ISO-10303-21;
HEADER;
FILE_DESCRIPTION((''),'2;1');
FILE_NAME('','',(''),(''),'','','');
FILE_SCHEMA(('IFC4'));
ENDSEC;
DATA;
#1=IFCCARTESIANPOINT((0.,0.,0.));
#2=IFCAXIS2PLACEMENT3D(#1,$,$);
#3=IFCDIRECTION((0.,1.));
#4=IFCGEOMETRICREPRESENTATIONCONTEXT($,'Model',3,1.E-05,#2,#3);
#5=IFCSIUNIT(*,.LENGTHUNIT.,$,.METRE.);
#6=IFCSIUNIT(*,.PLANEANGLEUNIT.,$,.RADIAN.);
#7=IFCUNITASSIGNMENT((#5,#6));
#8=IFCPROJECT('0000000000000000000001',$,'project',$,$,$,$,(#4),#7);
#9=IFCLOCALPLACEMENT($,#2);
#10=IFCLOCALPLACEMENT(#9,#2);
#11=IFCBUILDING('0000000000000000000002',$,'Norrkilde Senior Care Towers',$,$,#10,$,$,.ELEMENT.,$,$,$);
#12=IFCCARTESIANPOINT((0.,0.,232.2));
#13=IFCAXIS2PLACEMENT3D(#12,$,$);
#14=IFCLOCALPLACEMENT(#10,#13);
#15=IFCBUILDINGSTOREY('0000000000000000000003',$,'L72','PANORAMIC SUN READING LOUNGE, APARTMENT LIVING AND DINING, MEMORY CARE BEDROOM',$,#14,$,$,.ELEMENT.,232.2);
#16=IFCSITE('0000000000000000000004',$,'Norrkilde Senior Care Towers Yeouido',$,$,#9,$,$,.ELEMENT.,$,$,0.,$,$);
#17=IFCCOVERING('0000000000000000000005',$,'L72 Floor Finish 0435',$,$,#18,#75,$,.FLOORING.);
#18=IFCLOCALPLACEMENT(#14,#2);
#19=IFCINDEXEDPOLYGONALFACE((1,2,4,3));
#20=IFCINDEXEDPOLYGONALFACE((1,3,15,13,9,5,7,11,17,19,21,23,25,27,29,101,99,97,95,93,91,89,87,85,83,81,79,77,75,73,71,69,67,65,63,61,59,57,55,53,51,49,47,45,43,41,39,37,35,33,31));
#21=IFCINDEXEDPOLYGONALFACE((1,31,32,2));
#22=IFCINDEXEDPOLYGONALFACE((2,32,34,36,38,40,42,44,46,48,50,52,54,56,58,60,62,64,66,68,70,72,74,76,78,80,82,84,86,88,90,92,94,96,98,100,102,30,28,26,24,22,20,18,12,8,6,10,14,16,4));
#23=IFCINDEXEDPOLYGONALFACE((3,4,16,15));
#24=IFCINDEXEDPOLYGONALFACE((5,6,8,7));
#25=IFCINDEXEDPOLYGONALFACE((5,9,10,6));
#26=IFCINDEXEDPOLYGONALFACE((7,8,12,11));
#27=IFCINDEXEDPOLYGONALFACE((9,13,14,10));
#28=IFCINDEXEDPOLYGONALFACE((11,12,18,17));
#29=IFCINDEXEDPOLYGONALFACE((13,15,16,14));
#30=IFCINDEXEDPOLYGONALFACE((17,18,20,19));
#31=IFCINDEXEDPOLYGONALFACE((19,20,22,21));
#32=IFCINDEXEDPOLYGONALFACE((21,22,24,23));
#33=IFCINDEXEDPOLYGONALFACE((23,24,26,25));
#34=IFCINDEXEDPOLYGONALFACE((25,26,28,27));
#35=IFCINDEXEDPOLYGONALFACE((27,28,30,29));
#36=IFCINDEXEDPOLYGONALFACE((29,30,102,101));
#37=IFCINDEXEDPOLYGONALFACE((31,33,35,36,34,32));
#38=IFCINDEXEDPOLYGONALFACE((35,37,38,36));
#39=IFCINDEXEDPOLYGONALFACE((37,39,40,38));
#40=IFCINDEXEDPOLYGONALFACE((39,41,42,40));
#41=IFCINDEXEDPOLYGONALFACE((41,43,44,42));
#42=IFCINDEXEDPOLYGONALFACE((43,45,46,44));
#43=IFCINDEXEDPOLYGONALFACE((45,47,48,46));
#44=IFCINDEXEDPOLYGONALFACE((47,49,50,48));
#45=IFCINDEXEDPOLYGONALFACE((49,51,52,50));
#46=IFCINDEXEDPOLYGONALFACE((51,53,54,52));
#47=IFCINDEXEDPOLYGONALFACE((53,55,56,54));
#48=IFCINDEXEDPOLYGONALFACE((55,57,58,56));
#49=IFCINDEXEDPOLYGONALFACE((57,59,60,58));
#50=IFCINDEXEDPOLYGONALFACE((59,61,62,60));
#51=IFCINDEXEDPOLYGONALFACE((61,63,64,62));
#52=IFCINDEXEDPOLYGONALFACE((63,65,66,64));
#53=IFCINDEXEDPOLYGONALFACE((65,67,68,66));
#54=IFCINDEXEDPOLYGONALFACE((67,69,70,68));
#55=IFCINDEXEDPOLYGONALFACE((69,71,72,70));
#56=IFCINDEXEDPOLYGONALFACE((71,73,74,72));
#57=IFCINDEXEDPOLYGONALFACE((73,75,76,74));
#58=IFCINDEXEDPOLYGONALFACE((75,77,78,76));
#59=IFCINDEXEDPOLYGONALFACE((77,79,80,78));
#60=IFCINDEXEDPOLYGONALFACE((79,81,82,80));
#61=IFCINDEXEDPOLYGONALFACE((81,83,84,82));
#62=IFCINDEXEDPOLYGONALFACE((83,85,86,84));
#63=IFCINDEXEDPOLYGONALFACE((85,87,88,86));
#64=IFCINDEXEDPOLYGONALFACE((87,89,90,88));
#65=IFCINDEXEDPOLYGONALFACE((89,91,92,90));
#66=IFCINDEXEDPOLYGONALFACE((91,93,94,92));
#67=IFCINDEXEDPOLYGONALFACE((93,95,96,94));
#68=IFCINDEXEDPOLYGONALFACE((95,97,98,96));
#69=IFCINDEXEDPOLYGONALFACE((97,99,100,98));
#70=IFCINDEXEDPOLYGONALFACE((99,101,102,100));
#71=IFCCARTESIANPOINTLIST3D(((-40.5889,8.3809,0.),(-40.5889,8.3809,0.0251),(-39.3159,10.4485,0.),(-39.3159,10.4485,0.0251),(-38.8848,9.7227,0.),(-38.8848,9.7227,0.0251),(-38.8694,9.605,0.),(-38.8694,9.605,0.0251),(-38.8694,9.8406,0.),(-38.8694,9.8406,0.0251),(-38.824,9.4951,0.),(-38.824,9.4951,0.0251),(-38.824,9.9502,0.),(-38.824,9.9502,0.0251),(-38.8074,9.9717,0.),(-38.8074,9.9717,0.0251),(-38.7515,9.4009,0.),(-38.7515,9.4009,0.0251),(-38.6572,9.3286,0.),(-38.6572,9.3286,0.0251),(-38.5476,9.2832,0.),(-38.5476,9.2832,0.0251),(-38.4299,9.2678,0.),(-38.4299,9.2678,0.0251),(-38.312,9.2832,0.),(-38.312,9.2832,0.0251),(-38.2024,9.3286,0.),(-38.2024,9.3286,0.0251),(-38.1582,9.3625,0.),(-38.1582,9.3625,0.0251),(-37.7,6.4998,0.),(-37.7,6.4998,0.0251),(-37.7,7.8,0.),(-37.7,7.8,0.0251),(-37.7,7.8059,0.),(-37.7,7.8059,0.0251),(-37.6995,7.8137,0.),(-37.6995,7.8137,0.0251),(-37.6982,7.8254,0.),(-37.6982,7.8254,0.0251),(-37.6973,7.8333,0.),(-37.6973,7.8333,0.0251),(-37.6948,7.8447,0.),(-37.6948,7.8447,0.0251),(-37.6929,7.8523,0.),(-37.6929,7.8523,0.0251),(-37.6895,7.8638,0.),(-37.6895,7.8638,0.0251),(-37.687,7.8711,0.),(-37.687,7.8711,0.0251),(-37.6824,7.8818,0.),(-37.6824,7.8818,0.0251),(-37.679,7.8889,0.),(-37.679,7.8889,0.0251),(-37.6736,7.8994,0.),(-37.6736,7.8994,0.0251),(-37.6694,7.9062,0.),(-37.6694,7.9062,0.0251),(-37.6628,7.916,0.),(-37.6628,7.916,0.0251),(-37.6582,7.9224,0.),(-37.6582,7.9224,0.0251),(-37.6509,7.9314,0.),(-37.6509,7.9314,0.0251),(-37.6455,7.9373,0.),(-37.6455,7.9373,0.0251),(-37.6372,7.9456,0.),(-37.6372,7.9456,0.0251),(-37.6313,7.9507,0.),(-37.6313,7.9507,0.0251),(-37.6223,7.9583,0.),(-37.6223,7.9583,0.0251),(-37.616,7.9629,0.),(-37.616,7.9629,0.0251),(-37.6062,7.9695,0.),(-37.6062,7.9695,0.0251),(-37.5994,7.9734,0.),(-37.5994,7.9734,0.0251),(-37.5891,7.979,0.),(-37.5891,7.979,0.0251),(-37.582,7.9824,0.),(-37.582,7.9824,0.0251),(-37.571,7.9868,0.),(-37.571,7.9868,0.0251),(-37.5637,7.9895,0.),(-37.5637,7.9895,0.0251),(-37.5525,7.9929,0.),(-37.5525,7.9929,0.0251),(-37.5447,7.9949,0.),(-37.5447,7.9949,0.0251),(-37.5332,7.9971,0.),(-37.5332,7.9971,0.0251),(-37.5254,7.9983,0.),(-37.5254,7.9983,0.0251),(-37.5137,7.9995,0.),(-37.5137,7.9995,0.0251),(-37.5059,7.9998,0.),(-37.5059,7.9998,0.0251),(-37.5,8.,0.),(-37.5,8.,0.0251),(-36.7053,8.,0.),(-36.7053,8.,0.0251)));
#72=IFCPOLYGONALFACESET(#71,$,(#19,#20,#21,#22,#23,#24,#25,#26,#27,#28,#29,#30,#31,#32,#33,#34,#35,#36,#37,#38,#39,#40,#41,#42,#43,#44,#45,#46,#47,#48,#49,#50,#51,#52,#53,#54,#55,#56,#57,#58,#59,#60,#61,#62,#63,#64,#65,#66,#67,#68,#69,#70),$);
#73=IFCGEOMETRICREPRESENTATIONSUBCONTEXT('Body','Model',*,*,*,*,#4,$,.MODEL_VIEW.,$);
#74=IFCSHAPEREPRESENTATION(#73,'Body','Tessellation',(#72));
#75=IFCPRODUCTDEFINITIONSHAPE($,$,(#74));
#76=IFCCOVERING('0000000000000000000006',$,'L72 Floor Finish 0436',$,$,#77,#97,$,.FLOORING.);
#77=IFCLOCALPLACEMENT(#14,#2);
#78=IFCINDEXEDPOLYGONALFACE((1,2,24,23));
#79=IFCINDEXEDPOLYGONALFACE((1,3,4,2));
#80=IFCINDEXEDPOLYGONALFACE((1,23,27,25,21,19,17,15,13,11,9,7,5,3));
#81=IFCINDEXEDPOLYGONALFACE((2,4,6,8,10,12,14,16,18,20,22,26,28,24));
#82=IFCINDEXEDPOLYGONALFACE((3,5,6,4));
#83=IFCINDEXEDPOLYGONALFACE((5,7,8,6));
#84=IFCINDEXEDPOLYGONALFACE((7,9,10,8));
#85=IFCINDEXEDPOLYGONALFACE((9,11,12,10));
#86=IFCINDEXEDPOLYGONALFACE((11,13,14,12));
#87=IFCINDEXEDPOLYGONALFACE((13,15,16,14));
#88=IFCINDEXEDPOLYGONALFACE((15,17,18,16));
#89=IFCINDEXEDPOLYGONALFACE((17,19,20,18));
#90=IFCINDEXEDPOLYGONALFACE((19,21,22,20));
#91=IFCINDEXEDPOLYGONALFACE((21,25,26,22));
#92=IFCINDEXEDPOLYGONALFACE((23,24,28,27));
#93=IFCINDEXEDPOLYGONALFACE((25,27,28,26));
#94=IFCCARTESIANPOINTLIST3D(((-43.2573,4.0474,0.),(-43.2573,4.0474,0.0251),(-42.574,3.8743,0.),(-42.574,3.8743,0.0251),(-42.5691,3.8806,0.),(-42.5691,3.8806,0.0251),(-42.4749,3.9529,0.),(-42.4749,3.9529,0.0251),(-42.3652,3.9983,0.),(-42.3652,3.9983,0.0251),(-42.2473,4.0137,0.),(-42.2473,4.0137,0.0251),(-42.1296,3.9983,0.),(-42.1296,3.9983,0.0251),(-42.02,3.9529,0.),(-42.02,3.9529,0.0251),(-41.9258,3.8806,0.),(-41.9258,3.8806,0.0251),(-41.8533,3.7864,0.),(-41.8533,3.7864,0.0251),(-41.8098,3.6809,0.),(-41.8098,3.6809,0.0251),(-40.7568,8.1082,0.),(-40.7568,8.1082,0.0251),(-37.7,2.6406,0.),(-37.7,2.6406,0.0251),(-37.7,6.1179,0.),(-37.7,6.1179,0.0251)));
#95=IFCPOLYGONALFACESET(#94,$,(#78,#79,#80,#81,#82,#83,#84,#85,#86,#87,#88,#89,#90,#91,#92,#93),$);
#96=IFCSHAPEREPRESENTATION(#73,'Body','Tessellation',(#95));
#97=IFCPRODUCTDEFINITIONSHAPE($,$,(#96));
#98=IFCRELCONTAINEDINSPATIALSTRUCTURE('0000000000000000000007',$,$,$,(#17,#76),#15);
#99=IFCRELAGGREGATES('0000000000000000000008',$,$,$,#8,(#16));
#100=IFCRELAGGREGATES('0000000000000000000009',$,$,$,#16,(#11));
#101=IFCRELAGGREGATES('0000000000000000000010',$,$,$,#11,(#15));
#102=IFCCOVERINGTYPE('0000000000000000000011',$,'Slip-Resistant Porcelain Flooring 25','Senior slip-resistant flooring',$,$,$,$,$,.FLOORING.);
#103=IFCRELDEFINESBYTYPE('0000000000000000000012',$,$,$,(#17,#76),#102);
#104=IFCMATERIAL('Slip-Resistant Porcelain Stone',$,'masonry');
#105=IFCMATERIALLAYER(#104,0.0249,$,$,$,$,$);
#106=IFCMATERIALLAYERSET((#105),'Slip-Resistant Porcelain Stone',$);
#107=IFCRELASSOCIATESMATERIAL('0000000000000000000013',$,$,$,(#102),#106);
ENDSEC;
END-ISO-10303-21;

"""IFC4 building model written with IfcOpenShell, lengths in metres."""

from ifc_helpers import new_model, si_unit, direction, frame, origin, place, context, subcontext, project, spatial, polyline, outline, extrude, material, layer, layer_set, type_object, element, save


model = new_model("IFC4")

# Units and contexts
model_context = context("Model", 3, precision=1e-05, world=origin(), true_north=direction((0.0, 1.0)))
body_context = subcontext(model_context, "Body", "Model", "MODEL_VIEW")
ifc_project = project(units=[si_unit("LENGTHUNIT", "METRE"), si_unit("PLANEANGLEUNIT", "RADIAN")], contexts=[model_context])

# Site, building, storey
site_placement = place(None, origin())
site = spatial("IfcSite", under=ifc_project, at=site_placement, Name="Norrkilde Senior Care Towers Yeouido", CompositionType="ELEMENT", RefElevation=0.0)
building_placement = place(site_placement, origin())
building = spatial("IfcBuilding", under=site, at=building_placement, Name="Norrkilde Senior Care Towers", CompositionType="ELEMENT")
storey_placement = place(building_placement, frame((0.0, 0.0, 232.2)))
storey = spatial("IfcBuildingStorey", under=building, at=storey_placement, Name="L72", Description="PANORAMIC SUN READING LOUNGE, APARTMENT LIVING AND DINING, MEMORY CARE BEDROOM", CompositionType="ELEMENT", Elevation=232.2)

# Coverings
ifc_material_1 = material(Name="Slip-Resistant Porcelain Stone", Category="masonry")
ifc_layer_1 = layer(ifc_material_1, 0.0249)
ifc_layer_set_1 = layer_set([ifc_layer_1], Name="Slip-Resistant Porcelain Stone")
covering_type_1 = type_object("IfcCoveringType", Name="Slip-Resistant Porcelain Flooring 25", Description="Senior slip-resistant flooring", PredefinedType="FLOORING", material=ifc_layer_set_1)
covering_1_placement = place(storey_placement, origin())
element("IfcCovering", 1, at=covering_1_placement, inside=storey, type_object=covering_type_1, Name="L72 Floor Finish 0435", PredefinedType="FLOORING", context=body_context, shape_type="SweptSolid", body=[
    extrude(outline(polyline([(-37.5254, 7.9983), (-37.5332, 7.9971), (-37.5447, 7.9949), (-37.5525, 7.9929), (-37.5637, 7.9895), (-37.571, 7.9868), (-37.582, 7.9824), (-37.5891, 7.979), (-37.5994, 7.9734), (-37.6062, 7.9695), (-37.616, 7.9629), (-37.6223, 7.9583), (-37.6313, 7.9507), (-37.6372, 7.9456), (-37.6455, 7.9373), (-37.6509, 7.9314), (-37.6582, 7.9224), (-37.6628, 7.916), (-37.6694, 7.9062), (-37.6736, 7.8994), (-37.679, 7.8889), (-37.6824, 7.8818), (-37.687, 7.8711), (-37.6895, 7.8638), (-37.6929, 7.8523), (-37.6948, 7.8447), (-37.6973, 7.8333), (-37.6982, 7.8254), (-37.6995, 7.8137), (-37.7, 7.8059), (-37.7, 7.8), (-37.7, 6.4998), (-40.5889, 8.3809), (-39.3159, 10.4485), (-38.8074, 9.9717), (-38.824, 9.9502), (-38.8694, 9.8406), (-38.8848, 9.7227), (-38.8694, 9.605), (-38.824, 9.4951), (-38.7515, 9.4009), (-38.6572, 9.3286), (-38.5476, 9.2832), (-38.4299, 9.2678), (-38.312, 9.2832), (-38.2024, 9.3286), (-38.1582, 9.3625), (-36.7053, 8.0), (-37.5, 8.0), (-37.5059, 7.9998), (-37.5137, 7.9995), (-37.5254, 7.9983)])), origin(), (0.0, 0.0, 1.0), 0.0251),
])
covering_2_placement = place(storey_placement, origin())
element("IfcCovering", 2, at=covering_2_placement, inside=storey, type_object=covering_type_1, Name="L72 Floor Finish 0436", PredefinedType="FLOORING", context=body_context, shape_type="SweptSolid", body=[
    extrude(outline(polyline([(-40.7568, 8.1082), (-37.7, 6.1179), (-37.7, 2.6406), (-41.8098, 3.6809), (-41.8533, 3.7864), (-41.9258, 3.8806), (-42.02, 3.9529), (-42.1296, 3.9983), (-42.2473, 4.0137), (-42.3652, 3.9983), (-42.4749, 3.9529), (-42.5691, 3.8806), (-42.574, 3.8743), (-43.2573, 4.0474), (-40.7568, 8.1082)])), origin(), (0.0, 0.0, 1.0), 0.0251),
])

save(model, "model.ifc")
